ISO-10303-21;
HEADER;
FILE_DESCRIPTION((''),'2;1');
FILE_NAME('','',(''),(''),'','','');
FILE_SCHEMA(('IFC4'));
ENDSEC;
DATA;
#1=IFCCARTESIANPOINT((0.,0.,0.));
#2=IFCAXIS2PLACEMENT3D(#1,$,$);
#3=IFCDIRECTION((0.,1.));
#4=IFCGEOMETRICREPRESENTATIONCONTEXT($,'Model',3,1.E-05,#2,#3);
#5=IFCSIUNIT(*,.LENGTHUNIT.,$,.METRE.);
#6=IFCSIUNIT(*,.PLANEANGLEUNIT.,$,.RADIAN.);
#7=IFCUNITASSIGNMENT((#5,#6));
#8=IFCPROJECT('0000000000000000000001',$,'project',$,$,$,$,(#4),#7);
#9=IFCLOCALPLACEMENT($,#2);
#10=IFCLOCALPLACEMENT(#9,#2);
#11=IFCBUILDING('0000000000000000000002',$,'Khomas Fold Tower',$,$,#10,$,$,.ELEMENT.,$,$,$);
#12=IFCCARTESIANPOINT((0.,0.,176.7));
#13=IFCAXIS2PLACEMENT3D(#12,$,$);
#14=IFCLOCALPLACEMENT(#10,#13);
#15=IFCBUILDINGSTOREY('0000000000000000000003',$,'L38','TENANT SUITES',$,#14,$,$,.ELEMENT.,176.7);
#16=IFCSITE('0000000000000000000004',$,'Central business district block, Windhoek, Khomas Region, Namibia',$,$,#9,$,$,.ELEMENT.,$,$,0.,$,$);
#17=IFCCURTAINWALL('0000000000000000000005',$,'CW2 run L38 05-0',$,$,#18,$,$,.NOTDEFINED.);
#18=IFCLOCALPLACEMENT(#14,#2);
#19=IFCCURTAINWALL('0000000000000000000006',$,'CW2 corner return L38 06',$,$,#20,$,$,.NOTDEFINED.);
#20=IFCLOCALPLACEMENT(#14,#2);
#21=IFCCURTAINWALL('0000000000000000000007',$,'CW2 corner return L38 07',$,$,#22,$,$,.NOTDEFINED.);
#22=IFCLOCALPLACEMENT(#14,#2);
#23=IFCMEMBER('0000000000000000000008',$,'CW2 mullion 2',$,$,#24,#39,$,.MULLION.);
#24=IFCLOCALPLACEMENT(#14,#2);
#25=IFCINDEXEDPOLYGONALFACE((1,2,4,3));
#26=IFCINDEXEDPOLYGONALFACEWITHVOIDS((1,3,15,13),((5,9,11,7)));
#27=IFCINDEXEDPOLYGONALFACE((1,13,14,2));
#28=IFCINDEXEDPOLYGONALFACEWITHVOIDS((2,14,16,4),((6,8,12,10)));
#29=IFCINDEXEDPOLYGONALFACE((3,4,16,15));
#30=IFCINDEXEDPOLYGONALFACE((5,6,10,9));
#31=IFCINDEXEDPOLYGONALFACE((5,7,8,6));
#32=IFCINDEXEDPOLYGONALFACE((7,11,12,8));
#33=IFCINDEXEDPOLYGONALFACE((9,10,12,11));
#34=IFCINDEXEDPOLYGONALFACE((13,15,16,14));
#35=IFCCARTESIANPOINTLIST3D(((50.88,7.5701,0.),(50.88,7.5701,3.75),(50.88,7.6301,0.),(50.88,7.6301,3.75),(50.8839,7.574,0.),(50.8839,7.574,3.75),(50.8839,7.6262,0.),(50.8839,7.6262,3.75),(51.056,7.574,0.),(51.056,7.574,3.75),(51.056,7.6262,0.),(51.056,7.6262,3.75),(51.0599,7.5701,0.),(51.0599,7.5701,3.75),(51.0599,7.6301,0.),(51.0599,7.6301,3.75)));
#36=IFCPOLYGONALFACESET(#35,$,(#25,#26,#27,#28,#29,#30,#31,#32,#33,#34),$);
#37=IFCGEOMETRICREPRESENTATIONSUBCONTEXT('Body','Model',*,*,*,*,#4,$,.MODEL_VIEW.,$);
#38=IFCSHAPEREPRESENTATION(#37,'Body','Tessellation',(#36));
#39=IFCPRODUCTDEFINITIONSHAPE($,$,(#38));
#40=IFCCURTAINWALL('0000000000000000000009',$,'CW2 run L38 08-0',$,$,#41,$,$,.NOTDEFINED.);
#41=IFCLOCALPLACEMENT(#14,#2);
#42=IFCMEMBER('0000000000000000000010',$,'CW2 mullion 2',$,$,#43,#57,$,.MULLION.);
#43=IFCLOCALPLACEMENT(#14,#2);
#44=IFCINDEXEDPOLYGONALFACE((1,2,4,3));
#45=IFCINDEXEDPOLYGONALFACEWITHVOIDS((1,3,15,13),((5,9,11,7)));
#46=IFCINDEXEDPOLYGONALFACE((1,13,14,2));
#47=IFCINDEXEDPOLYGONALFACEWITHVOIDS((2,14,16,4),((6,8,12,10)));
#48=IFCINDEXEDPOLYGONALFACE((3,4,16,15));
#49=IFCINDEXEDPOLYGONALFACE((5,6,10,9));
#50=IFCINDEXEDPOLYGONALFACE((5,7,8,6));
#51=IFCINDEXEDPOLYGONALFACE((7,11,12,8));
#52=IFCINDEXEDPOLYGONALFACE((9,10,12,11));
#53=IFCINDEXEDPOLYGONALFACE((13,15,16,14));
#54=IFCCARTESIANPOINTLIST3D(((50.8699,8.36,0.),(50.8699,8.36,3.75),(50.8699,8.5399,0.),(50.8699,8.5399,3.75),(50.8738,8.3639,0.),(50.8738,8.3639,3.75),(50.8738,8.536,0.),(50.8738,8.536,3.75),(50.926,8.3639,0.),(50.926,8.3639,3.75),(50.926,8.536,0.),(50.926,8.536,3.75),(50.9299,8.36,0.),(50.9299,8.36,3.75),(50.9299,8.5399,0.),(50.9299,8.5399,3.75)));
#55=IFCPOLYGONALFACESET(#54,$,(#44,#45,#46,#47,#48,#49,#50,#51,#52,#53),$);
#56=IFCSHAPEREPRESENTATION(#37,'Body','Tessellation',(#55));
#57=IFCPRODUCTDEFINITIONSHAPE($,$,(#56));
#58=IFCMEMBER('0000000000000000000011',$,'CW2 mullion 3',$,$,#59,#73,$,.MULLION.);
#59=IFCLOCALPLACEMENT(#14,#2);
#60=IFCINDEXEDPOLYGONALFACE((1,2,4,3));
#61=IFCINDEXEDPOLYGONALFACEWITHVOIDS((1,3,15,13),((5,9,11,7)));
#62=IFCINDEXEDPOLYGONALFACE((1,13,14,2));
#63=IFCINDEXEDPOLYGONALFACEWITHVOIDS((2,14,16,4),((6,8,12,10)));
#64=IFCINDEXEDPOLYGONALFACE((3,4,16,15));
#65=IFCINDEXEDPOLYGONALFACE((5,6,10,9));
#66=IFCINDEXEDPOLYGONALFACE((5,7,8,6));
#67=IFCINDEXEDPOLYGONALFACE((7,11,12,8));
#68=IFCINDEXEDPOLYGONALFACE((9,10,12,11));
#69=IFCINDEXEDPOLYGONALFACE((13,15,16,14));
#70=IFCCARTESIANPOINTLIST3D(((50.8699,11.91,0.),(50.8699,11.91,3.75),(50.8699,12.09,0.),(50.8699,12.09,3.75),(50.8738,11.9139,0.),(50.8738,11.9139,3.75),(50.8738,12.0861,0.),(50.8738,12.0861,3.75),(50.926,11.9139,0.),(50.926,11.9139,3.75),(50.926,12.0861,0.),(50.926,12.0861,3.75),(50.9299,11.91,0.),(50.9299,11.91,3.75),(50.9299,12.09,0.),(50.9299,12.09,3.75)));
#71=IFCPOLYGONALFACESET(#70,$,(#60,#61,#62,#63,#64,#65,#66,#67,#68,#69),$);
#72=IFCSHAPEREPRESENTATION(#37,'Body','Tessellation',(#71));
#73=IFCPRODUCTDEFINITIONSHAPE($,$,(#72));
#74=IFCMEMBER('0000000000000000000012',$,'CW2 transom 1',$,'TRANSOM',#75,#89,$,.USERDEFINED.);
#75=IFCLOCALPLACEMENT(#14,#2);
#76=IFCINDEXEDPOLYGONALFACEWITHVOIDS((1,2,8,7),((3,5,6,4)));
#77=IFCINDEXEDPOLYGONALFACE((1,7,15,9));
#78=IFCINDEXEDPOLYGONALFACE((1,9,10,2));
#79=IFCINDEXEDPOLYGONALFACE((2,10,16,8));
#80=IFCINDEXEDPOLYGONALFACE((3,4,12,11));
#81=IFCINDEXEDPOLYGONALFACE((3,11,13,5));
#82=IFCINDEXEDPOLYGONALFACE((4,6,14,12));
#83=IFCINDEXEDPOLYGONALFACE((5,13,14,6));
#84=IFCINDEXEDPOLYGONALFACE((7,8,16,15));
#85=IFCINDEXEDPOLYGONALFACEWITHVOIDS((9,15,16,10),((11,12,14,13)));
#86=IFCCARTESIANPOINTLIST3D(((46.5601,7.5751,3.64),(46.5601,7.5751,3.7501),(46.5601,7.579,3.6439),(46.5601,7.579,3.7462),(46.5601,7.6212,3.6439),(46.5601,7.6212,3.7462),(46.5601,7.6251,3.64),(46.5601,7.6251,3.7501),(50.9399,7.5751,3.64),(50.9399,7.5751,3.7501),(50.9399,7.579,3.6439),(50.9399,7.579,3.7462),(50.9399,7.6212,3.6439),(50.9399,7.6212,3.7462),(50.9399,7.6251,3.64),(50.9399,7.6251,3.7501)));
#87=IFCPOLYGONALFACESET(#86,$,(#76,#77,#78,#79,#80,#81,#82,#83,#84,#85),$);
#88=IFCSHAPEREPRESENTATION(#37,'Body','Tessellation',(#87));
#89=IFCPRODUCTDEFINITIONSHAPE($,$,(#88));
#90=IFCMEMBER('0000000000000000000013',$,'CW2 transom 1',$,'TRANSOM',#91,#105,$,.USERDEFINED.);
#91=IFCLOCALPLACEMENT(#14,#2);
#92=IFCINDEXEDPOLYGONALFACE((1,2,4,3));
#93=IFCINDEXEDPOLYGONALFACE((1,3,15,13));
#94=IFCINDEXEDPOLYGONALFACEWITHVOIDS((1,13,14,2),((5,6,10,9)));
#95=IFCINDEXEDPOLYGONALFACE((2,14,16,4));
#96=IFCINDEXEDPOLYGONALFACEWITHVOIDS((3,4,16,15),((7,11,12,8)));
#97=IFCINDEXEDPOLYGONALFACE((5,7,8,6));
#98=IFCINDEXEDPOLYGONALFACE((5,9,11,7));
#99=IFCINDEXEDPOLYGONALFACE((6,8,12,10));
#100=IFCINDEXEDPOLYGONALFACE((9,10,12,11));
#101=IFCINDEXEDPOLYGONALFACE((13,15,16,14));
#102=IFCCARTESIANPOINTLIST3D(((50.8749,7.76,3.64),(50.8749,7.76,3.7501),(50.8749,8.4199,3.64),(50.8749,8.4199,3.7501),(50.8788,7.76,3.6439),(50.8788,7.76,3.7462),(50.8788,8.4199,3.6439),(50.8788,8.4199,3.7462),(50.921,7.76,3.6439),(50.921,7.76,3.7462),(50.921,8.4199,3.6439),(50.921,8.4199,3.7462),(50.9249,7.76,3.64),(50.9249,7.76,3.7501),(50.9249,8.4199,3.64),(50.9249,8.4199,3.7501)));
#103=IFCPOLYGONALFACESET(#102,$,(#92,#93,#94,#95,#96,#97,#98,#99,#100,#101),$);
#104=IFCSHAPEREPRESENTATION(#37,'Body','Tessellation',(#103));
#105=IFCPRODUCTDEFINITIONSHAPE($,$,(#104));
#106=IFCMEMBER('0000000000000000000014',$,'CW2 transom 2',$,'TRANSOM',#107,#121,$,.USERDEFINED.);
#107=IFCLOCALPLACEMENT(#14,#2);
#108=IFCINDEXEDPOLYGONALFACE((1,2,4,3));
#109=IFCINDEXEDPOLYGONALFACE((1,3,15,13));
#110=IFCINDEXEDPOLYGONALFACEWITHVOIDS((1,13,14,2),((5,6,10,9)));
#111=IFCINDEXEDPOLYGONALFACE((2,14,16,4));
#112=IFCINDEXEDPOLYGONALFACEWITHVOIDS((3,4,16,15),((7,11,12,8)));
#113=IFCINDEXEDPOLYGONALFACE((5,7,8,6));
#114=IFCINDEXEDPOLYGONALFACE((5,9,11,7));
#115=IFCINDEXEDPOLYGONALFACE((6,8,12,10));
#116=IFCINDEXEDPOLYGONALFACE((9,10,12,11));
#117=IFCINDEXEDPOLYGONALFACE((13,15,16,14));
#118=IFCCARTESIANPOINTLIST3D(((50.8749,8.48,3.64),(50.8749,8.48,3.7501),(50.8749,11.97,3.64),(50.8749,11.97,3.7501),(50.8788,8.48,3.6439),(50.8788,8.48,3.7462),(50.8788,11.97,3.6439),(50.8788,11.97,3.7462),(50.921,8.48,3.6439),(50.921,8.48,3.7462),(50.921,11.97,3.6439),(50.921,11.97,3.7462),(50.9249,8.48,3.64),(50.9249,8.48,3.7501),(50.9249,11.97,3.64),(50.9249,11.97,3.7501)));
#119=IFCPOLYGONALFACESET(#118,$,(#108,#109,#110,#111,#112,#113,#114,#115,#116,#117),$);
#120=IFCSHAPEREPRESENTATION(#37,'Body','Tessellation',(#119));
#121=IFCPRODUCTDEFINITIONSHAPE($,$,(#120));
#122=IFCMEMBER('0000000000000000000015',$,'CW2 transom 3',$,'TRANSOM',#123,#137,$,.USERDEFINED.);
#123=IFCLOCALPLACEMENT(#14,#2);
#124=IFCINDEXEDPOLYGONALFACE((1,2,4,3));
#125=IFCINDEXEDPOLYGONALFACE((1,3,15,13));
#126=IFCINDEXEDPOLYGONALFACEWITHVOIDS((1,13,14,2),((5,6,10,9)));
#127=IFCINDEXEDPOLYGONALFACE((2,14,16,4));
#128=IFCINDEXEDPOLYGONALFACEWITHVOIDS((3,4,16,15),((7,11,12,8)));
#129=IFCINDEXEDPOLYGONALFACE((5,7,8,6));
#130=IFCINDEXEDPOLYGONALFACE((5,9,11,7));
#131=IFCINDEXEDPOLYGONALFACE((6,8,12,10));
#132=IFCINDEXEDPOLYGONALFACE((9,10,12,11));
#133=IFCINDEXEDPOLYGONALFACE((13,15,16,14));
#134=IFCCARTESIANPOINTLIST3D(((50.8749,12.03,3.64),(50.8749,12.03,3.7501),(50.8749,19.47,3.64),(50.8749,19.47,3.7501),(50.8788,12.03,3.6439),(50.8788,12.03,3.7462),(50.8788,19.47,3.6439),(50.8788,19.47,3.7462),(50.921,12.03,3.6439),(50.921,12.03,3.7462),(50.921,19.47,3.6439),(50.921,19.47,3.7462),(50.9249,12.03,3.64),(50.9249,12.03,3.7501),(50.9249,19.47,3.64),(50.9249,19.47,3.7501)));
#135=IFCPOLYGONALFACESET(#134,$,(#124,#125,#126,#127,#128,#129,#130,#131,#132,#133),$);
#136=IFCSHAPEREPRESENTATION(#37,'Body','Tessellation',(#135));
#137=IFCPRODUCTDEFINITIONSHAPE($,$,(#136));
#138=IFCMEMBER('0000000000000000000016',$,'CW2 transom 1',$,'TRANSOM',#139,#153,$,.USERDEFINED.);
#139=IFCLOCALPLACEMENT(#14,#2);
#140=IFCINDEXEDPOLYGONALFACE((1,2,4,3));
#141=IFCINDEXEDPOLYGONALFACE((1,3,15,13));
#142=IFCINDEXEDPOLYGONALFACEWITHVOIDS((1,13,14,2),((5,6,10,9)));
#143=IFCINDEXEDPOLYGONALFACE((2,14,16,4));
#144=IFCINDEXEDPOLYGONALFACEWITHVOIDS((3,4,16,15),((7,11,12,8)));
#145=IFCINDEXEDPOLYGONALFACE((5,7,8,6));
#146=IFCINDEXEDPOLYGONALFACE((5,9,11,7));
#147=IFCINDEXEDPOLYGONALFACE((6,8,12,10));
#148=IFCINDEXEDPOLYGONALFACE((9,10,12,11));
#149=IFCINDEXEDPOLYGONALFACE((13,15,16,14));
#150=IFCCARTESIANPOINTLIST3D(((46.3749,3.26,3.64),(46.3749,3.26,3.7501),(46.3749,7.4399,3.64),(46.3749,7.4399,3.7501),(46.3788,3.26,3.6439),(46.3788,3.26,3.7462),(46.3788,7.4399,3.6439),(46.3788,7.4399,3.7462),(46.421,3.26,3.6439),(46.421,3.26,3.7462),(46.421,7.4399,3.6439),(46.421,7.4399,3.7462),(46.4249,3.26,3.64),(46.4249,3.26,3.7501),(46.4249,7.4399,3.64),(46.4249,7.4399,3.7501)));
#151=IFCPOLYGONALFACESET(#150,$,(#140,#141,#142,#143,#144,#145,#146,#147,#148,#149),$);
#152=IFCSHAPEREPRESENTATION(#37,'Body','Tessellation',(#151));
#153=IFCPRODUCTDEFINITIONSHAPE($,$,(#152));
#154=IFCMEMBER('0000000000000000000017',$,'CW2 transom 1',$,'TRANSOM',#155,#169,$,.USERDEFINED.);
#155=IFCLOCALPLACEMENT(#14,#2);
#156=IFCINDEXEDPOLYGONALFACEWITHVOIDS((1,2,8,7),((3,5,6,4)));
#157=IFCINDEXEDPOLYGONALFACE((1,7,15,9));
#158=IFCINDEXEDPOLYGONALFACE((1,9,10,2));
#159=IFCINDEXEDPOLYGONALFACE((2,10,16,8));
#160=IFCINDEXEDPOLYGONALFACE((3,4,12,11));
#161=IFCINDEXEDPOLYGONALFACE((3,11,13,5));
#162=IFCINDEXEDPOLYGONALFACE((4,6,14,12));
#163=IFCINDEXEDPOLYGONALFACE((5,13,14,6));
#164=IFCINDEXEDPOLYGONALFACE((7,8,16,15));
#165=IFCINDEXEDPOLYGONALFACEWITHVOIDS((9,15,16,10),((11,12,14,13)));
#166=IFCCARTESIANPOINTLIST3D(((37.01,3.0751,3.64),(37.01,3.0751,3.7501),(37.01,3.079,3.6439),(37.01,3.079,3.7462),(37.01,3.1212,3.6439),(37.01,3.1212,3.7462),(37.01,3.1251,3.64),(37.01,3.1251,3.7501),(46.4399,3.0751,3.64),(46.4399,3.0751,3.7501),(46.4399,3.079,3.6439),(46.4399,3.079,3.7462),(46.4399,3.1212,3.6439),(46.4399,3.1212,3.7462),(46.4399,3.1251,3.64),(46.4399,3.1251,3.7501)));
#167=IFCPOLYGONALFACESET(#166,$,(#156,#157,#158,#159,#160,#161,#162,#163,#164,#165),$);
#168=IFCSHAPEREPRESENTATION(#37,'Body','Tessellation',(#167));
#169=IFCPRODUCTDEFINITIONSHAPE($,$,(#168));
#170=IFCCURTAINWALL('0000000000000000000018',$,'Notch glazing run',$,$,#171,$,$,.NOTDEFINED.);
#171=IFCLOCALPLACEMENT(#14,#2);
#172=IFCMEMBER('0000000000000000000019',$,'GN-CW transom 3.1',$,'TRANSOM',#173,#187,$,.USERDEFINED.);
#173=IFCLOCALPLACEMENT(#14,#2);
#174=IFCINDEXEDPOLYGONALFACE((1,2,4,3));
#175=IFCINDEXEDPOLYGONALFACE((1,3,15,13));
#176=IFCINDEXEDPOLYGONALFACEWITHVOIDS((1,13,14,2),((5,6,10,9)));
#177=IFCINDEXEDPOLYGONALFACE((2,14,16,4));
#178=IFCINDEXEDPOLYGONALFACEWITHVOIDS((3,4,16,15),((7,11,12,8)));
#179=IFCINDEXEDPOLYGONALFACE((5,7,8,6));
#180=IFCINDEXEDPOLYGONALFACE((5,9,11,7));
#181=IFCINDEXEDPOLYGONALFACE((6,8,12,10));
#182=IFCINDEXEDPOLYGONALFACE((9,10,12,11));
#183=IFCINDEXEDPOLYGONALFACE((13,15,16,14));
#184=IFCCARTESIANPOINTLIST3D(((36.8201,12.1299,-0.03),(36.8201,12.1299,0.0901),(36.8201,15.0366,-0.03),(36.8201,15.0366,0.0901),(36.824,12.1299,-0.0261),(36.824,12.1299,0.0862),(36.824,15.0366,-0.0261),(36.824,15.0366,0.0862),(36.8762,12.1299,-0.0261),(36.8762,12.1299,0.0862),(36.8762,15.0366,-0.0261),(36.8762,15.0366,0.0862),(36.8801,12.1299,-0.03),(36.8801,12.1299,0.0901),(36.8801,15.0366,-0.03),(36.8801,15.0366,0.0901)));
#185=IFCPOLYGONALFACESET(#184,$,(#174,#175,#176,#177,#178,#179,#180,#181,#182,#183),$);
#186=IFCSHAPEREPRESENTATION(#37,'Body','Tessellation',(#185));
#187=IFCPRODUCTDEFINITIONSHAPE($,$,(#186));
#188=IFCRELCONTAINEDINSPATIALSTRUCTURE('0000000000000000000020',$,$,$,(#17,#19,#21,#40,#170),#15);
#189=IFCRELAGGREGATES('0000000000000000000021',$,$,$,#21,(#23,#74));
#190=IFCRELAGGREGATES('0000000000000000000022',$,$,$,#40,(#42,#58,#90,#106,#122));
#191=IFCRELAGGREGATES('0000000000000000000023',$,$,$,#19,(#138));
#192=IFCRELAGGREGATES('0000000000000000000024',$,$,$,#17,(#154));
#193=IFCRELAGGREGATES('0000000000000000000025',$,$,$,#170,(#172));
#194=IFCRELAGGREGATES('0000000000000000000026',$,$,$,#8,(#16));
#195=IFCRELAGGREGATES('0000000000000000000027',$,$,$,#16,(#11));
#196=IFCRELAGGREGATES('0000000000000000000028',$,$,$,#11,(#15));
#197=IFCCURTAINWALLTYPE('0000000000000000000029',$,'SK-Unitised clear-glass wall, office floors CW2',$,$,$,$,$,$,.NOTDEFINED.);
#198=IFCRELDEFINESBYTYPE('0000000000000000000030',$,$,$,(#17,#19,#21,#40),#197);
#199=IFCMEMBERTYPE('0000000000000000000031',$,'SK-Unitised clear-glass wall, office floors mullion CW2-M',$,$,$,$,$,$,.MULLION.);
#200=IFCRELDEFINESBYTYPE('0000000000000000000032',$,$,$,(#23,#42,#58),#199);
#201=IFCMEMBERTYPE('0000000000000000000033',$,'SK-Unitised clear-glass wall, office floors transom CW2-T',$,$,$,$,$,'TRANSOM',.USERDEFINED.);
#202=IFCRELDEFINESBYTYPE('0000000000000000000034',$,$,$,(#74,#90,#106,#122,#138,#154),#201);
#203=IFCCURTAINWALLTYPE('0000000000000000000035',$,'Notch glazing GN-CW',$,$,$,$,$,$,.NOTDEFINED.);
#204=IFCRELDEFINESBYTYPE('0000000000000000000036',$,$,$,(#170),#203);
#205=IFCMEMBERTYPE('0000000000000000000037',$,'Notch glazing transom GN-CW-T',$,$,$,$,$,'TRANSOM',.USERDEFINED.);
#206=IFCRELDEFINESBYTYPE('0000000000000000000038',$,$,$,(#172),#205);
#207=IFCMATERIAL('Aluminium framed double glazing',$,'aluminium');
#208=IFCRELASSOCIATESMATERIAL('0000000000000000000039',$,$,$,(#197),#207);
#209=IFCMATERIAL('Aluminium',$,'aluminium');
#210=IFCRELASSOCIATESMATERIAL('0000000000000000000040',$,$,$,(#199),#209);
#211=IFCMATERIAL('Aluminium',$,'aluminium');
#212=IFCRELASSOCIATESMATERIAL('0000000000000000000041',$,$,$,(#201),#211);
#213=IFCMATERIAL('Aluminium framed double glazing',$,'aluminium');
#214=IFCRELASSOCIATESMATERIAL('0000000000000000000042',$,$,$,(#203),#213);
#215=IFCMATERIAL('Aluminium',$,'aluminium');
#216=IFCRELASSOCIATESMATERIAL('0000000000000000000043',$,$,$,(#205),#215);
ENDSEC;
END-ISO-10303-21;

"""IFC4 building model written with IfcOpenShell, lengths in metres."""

from ifc_helpers import new_model, si_unit, direction, frame, origin, origin_2d, place, context, subcontext, project, spatial, hollow_rectangle, extrude, source, transform, mapped, material, material_profile, profile_set, type_object, element, aggregate, save


model = new_model("IFC4")

# Units and contexts
model_context = context("Model", 3, precision=1e-05, world=origin(), true_north=direction((0.0, 1.0)))
body_context = subcontext(model_context, "Body", "Model", "MODEL_VIEW")
ifc_project = project(units=[si_unit("LENGTHUNIT", "METRE"), si_unit("PLANEANGLEUNIT", "RADIAN")], contexts=[model_context])

# Site, building, storey
site_placement = place(None, origin())
site = spatial("IfcSite", under=ifc_project, at=site_placement, Name="Central business district block, Windhoek, Khomas Region, Namibia", CompositionType="ELEMENT", RefElevation=0.0)
building_placement = place(site_placement, origin())
building = spatial("IfcBuilding", under=site, at=building_placement, Name="Khomas Fold Tower", CompositionType="ELEMENT")
storey_placement = place(building_placement, frame((0.0, 0.0, 176.7)))
storey = spatial("IfcBuildingStorey", under=building, at=storey_placement, Name="L38", Description="TENANT SUITES", CompositionType="ELEMENT", Elevation=176.7)

# Curtain walls, members
ifc_material_1 = material(Name="Aluminium framed double glazing", Category="aluminium")
curtain_wall_type_1 = type_object("IfcCurtainWallType", Name="SK-Unitised clear-glass wall, office floors CW2", PredefinedType="NOTDEFINED", material=ifc_material_1)
curtain_wall_1_placement = place(storey_placement, origin())
curtain_wall_1 = element("IfcCurtainWall", 1, at=curtain_wall_1_placement, inside=storey, type_object=curtain_wall_type_1, Name="CW2 run L38 05-0", PredefinedType="NOTDEFINED")
ifc_material_2 = material(Name="Aluminium", Category="aluminium")
ifc_material_profile_1 = material_profile(ifc_material_2, hollow_rectangle(XDim=0.0601, YDim=0.1799, WallThickness=0.0039, at=origin_2d()), Name="SK-Unitised clear-glass wall, office floors mullion CW2-M")
ifc_profile_set_1 = profile_set([ifc_material_profile_1], Name="Aluminium")
member_type_1 = type_object("IfcMemberType", Name="SK-Unitised clear-glass wall, office floors mullion CW2-M", PredefinedType="MULLION", material=ifc_profile_set_1)
shared_shape_1 = source(origin(), body_context, "Body", "SweptSolid", [
    extrude(hollow_rectangle(XDim=0.0601, YDim=0.1799, WallThickness=0.0039, at=origin_2d()), origin(), (0.0, 0.0, 1.0), 3.75),
])
curtain_wall_2_placement = place(storey_placement, origin())
curtain_wall_2 = element("IfcCurtainWall", 2, at=curtain_wall_2_placement, inside=storey, type_object=curtain_wall_type_1, Name="CW2 corner return L38 06", PredefinedType="NOTDEFINED")
curtain_wall_3_placement = place(storey_placement, origin())
curtain_wall_3 = element("IfcCurtainWall", 3, at=curtain_wall_3_placement, inside=storey, type_object=curtain_wall_type_1, Name="CW2 corner return L38 07", PredefinedType="NOTDEFINED")
member_1_placement = place(storey_placement, frame((50.97, 7.6001, 0.0), z_axis=(0.0, 0.0, 1.0), x_axis=(0.0, 1.0, 0.0)))
member_1 = element("IfcMember", 4, at=member_1_placement, type_object=member_type_1, Name="CW2 mullion 2", PredefinedType="MULLION", context=body_context, shape_type="MappedRepresentation", body=[
    mapped(shared_shape_1, transform((0.0, 0.0, 0.0))),
])
curtain_wall_4_placement = place(storey_placement, origin())
curtain_wall_4 = element("IfcCurtainWall", 5, at=curtain_wall_4_placement, inside=storey, type_object=curtain_wall_type_1, Name="CW2 run L38 08-0", PredefinedType="NOTDEFINED")
member_2_placement = place(storey_placement, frame((50.8999, 8.45, 0.0), z_axis=(0.0, 0.0, 1.0), x_axis=(-1.0, 0.0, 0.0)))
member_2 = element("IfcMember", 6, at=member_2_placement, type_object=member_type_1, Name="CW2 mullion 2", PredefinedType="MULLION", context=body_context, shape_type="MappedRepresentation", body=[
    mapped(shared_shape_1, transform((0.0, 0.0, 0.0))),
])
member_3_placement = place(storey_placement, frame((50.8999, 12.0, 0.0), z_axis=(0.0, 0.0, 1.0), x_axis=(-1.0, 0.0, 0.0)))
member_3 = element("IfcMember", 7, at=member_3_placement, type_object=member_type_1, Name="CW2 mullion 3", PredefinedType="MULLION", context=body_context, shape_type="MappedRepresentation", body=[
    mapped(shared_shape_1, transform((0.0, 0.0, 0.0))),
])

# Members
ifc_material_3 = material(Name="Aluminium", Category="aluminium")
ifc_material_profile_2 = material_profile(ifc_material_3, hollow_rectangle(XDim=0.05, YDim=0.1101, WallThickness=0.0039, at=origin_2d()), Name="SK-Unitised clear-glass wall, office floors transom CW2-T")
ifc_profile_set_2 = profile_set([ifc_material_profile_2], Name="Aluminium")
member_type_2 = type_object("IfcMemberType", Name="SK-Unitised clear-glass wall, office floors transom CW2-T", ElementType="TRANSOM", PredefinedType="USERDEFINED", material=ifc_profile_set_2)
shared_shape_2 = source(origin(), body_context, "Body", "SweptSolid", [
    extrude(hollow_rectangle(XDim=0.05, YDim=0.1101, WallThickness=0.0039, at=origin_2d()), origin(), (0.0, 0.0, 1.0), 4.3799),
])
member_4_placement = place(storey_placement, frame((46.5601, 7.6001, 3.6951), z_axis=(1.0, 0.0, 0.0), x_axis=(0.0, 1.0, 0.0)))
member_4 = element("IfcMember", 8, at=member_4_placement, type_object=member_type_2, Name="CW2 transom 1", ObjectType="TRANSOM", PredefinedType="USERDEFINED", context=body_context, shape_type="MappedRepresentation", body=[
    mapped(shared_shape_2, transform((0.0, 0.0, 0.0))),
])
shared_shape_3 = source(origin(), body_context, "Body", "SweptSolid", [
    extrude(hollow_rectangle(XDim=0.05, YDim=0.1101, WallThickness=0.0039, at=origin_2d()), origin(), (0.0, 0.0, 1.0), 0.6599),
])
member_5_placement = place(storey_placement, frame((50.8999, 7.76, 3.6951), z_axis=(0.0, 1.0, 0.0), x_axis=(-1.0, 0.0, 0.0)))
member_5 = element("IfcMember", 9, at=member_5_placement, type_object=member_type_2, Name="CW2 transom 1", ObjectType="TRANSOM", PredefinedType="USERDEFINED", context=body_context, shape_type="MappedRepresentation", body=[
    mapped(shared_shape_3, transform((0.0, 0.0, 0.0))),
])
shared_shape_4 = source(origin(), body_context, "Body", "SweptSolid", [
    extrude(hollow_rectangle(XDim=0.05, YDim=0.1101, WallThickness=0.0039, at=origin_2d()), origin(), (0.0, 0.0, 1.0), 3.49),
])
member_6_placement = place(storey_placement, frame((50.8999, 8.48, 3.6951), z_axis=(0.0, 1.0, 0.0), x_axis=(-1.0, 0.0, 0.0)))
member_6 = element("IfcMember", 10, at=member_6_placement, type_object=member_type_2, Name="CW2 transom 2", ObjectType="TRANSOM", PredefinedType="USERDEFINED", context=body_context, shape_type="MappedRepresentation", body=[
    mapped(shared_shape_4, transform((0.0, 0.0, 0.0))),
])
shared_shape_5 = source(origin(), body_context, "Body", "SweptSolid", [
    extrude(hollow_rectangle(XDim=0.05, YDim=0.1101, WallThickness=0.0039, at=origin_2d()), origin(), (0.0, 0.0, 1.0), 7.4399),
])
member_7_placement = place(storey_placement, frame((50.8999, 12.03, 3.6951), z_axis=(0.0, 1.0, 0.0), x_axis=(-1.0, 0.0, 0.0)))
member_7 = element("IfcMember", 11, at=member_7_placement, type_object=member_type_2, Name="CW2 transom 3", ObjectType="TRANSOM", PredefinedType="USERDEFINED", context=body_context, shape_type="MappedRepresentation", body=[
    mapped(shared_shape_5, transform((0.0, 0.0, 0.0))),
])
shared_shape_6 = source(origin(), body_context, "Body", "SweptSolid", [
    extrude(hollow_rectangle(XDim=0.05, YDim=0.1101, WallThickness=0.0039, at=origin_2d()), origin(), (0.0, 0.0, 1.0), 4.1799),
])
member_8_placement = place(storey_placement, frame((46.3999, 3.26, 3.6951), z_axis=(0.0, 1.0, 0.0), x_axis=(-1.0, 0.0, 0.0)))
member_8 = element("IfcMember", 12, at=member_8_placement, type_object=member_type_2, Name="CW2 transom 1", ObjectType="TRANSOM", PredefinedType="USERDEFINED", context=body_context, shape_type="MappedRepresentation", body=[
    mapped(shared_shape_6, transform((0.0, 0.0, 0.0))),
])
shared_shape_7 = source(origin(), body_context, "Body", "SweptSolid", [
    extrude(hollow_rectangle(XDim=0.05, YDim=0.1101, WallThickness=0.0039, at=origin_2d()), origin(), (0.0, 0.0, 1.0), 9.4299),
])
member_9_placement = place(storey_placement, frame((37.01, 3.1001, 3.6951), z_axis=(1.0, 0.0, 0.0), x_axis=(0.0, 1.0, 0.0)))
member_9 = element("IfcMember", 13, at=member_9_placement, type_object=member_type_2, Name="CW2 transom 1", ObjectType="TRANSOM", PredefinedType="USERDEFINED", context=body_context, shape_type="MappedRepresentation", body=[
    mapped(shared_shape_7, transform((0.0, 0.0, 0.0))),
])

# Curtain wall, member
ifc_material_4 = material(Name="Aluminium framed double glazing", Category="aluminium")
curtain_wall_type_2 = type_object("IfcCurtainWallType", Name="Notch glazing GN-CW", PredefinedType="NOTDEFINED", material=ifc_material_4)
curtain_wall_5_placement = place(storey_placement, origin())
curtain_wall_5 = element("IfcCurtainWall", 14, at=curtain_wall_5_placement, inside=storey, type_object=curtain_wall_type_2, Name="Notch glazing run", PredefinedType="NOTDEFINED")
ifc_material_5 = material(Name="Aluminium", Category="aluminium")
ifc_material_profile_3 = material_profile(ifc_material_5, hollow_rectangle(XDim=0.0601, YDim=0.1201, WallThickness=0.0039, at=origin_2d()), Name="Notch glazing transom GN-CW-T")
ifc_profile_set_3 = profile_set([ifc_material_profile_3], Name="Aluminium")
member_type_3 = type_object("IfcMemberType", Name="Notch glazing transom GN-CW-T", ElementType="TRANSOM", PredefinedType="USERDEFINED", material=ifc_profile_set_3)
shared_shape_8 = source(origin(), body_context, "Body", "SweptSolid", [
    extrude(hollow_rectangle(XDim=0.0601, YDim=0.1201, WallThickness=0.0039, at=origin_2d()), origin(), (0.0, 0.0, 1.0), 2.9067),
])
member_10_placement = place(storey_placement, frame((36.8501, 15.0366, 0.03), z_axis=(0.0, -1.0, 0.0), x_axis=(1.0, 0.0, 0.0)))
member_10 = element("IfcMember", 15, at=member_10_placement, type_object=member_type_3, Name="GN-CW transom 3.1", ObjectType="TRANSOM", PredefinedType="USERDEFINED", context=body_context, shape_type="MappedRepresentation", body=[
    mapped(shared_shape_8, transform((0.0, 0.0, 0.0))),
])

aggregate(curtain_wall_3, [member_1, member_4])
aggregate(curtain_wall_4, [member_2, member_3, member_5, member_6, member_7])
aggregate(curtain_wall_2, [member_8])
aggregate(curtain_wall_1, [member_9])
aggregate(curtain_wall_5, [member_10])

save(model, "model.ifc")
